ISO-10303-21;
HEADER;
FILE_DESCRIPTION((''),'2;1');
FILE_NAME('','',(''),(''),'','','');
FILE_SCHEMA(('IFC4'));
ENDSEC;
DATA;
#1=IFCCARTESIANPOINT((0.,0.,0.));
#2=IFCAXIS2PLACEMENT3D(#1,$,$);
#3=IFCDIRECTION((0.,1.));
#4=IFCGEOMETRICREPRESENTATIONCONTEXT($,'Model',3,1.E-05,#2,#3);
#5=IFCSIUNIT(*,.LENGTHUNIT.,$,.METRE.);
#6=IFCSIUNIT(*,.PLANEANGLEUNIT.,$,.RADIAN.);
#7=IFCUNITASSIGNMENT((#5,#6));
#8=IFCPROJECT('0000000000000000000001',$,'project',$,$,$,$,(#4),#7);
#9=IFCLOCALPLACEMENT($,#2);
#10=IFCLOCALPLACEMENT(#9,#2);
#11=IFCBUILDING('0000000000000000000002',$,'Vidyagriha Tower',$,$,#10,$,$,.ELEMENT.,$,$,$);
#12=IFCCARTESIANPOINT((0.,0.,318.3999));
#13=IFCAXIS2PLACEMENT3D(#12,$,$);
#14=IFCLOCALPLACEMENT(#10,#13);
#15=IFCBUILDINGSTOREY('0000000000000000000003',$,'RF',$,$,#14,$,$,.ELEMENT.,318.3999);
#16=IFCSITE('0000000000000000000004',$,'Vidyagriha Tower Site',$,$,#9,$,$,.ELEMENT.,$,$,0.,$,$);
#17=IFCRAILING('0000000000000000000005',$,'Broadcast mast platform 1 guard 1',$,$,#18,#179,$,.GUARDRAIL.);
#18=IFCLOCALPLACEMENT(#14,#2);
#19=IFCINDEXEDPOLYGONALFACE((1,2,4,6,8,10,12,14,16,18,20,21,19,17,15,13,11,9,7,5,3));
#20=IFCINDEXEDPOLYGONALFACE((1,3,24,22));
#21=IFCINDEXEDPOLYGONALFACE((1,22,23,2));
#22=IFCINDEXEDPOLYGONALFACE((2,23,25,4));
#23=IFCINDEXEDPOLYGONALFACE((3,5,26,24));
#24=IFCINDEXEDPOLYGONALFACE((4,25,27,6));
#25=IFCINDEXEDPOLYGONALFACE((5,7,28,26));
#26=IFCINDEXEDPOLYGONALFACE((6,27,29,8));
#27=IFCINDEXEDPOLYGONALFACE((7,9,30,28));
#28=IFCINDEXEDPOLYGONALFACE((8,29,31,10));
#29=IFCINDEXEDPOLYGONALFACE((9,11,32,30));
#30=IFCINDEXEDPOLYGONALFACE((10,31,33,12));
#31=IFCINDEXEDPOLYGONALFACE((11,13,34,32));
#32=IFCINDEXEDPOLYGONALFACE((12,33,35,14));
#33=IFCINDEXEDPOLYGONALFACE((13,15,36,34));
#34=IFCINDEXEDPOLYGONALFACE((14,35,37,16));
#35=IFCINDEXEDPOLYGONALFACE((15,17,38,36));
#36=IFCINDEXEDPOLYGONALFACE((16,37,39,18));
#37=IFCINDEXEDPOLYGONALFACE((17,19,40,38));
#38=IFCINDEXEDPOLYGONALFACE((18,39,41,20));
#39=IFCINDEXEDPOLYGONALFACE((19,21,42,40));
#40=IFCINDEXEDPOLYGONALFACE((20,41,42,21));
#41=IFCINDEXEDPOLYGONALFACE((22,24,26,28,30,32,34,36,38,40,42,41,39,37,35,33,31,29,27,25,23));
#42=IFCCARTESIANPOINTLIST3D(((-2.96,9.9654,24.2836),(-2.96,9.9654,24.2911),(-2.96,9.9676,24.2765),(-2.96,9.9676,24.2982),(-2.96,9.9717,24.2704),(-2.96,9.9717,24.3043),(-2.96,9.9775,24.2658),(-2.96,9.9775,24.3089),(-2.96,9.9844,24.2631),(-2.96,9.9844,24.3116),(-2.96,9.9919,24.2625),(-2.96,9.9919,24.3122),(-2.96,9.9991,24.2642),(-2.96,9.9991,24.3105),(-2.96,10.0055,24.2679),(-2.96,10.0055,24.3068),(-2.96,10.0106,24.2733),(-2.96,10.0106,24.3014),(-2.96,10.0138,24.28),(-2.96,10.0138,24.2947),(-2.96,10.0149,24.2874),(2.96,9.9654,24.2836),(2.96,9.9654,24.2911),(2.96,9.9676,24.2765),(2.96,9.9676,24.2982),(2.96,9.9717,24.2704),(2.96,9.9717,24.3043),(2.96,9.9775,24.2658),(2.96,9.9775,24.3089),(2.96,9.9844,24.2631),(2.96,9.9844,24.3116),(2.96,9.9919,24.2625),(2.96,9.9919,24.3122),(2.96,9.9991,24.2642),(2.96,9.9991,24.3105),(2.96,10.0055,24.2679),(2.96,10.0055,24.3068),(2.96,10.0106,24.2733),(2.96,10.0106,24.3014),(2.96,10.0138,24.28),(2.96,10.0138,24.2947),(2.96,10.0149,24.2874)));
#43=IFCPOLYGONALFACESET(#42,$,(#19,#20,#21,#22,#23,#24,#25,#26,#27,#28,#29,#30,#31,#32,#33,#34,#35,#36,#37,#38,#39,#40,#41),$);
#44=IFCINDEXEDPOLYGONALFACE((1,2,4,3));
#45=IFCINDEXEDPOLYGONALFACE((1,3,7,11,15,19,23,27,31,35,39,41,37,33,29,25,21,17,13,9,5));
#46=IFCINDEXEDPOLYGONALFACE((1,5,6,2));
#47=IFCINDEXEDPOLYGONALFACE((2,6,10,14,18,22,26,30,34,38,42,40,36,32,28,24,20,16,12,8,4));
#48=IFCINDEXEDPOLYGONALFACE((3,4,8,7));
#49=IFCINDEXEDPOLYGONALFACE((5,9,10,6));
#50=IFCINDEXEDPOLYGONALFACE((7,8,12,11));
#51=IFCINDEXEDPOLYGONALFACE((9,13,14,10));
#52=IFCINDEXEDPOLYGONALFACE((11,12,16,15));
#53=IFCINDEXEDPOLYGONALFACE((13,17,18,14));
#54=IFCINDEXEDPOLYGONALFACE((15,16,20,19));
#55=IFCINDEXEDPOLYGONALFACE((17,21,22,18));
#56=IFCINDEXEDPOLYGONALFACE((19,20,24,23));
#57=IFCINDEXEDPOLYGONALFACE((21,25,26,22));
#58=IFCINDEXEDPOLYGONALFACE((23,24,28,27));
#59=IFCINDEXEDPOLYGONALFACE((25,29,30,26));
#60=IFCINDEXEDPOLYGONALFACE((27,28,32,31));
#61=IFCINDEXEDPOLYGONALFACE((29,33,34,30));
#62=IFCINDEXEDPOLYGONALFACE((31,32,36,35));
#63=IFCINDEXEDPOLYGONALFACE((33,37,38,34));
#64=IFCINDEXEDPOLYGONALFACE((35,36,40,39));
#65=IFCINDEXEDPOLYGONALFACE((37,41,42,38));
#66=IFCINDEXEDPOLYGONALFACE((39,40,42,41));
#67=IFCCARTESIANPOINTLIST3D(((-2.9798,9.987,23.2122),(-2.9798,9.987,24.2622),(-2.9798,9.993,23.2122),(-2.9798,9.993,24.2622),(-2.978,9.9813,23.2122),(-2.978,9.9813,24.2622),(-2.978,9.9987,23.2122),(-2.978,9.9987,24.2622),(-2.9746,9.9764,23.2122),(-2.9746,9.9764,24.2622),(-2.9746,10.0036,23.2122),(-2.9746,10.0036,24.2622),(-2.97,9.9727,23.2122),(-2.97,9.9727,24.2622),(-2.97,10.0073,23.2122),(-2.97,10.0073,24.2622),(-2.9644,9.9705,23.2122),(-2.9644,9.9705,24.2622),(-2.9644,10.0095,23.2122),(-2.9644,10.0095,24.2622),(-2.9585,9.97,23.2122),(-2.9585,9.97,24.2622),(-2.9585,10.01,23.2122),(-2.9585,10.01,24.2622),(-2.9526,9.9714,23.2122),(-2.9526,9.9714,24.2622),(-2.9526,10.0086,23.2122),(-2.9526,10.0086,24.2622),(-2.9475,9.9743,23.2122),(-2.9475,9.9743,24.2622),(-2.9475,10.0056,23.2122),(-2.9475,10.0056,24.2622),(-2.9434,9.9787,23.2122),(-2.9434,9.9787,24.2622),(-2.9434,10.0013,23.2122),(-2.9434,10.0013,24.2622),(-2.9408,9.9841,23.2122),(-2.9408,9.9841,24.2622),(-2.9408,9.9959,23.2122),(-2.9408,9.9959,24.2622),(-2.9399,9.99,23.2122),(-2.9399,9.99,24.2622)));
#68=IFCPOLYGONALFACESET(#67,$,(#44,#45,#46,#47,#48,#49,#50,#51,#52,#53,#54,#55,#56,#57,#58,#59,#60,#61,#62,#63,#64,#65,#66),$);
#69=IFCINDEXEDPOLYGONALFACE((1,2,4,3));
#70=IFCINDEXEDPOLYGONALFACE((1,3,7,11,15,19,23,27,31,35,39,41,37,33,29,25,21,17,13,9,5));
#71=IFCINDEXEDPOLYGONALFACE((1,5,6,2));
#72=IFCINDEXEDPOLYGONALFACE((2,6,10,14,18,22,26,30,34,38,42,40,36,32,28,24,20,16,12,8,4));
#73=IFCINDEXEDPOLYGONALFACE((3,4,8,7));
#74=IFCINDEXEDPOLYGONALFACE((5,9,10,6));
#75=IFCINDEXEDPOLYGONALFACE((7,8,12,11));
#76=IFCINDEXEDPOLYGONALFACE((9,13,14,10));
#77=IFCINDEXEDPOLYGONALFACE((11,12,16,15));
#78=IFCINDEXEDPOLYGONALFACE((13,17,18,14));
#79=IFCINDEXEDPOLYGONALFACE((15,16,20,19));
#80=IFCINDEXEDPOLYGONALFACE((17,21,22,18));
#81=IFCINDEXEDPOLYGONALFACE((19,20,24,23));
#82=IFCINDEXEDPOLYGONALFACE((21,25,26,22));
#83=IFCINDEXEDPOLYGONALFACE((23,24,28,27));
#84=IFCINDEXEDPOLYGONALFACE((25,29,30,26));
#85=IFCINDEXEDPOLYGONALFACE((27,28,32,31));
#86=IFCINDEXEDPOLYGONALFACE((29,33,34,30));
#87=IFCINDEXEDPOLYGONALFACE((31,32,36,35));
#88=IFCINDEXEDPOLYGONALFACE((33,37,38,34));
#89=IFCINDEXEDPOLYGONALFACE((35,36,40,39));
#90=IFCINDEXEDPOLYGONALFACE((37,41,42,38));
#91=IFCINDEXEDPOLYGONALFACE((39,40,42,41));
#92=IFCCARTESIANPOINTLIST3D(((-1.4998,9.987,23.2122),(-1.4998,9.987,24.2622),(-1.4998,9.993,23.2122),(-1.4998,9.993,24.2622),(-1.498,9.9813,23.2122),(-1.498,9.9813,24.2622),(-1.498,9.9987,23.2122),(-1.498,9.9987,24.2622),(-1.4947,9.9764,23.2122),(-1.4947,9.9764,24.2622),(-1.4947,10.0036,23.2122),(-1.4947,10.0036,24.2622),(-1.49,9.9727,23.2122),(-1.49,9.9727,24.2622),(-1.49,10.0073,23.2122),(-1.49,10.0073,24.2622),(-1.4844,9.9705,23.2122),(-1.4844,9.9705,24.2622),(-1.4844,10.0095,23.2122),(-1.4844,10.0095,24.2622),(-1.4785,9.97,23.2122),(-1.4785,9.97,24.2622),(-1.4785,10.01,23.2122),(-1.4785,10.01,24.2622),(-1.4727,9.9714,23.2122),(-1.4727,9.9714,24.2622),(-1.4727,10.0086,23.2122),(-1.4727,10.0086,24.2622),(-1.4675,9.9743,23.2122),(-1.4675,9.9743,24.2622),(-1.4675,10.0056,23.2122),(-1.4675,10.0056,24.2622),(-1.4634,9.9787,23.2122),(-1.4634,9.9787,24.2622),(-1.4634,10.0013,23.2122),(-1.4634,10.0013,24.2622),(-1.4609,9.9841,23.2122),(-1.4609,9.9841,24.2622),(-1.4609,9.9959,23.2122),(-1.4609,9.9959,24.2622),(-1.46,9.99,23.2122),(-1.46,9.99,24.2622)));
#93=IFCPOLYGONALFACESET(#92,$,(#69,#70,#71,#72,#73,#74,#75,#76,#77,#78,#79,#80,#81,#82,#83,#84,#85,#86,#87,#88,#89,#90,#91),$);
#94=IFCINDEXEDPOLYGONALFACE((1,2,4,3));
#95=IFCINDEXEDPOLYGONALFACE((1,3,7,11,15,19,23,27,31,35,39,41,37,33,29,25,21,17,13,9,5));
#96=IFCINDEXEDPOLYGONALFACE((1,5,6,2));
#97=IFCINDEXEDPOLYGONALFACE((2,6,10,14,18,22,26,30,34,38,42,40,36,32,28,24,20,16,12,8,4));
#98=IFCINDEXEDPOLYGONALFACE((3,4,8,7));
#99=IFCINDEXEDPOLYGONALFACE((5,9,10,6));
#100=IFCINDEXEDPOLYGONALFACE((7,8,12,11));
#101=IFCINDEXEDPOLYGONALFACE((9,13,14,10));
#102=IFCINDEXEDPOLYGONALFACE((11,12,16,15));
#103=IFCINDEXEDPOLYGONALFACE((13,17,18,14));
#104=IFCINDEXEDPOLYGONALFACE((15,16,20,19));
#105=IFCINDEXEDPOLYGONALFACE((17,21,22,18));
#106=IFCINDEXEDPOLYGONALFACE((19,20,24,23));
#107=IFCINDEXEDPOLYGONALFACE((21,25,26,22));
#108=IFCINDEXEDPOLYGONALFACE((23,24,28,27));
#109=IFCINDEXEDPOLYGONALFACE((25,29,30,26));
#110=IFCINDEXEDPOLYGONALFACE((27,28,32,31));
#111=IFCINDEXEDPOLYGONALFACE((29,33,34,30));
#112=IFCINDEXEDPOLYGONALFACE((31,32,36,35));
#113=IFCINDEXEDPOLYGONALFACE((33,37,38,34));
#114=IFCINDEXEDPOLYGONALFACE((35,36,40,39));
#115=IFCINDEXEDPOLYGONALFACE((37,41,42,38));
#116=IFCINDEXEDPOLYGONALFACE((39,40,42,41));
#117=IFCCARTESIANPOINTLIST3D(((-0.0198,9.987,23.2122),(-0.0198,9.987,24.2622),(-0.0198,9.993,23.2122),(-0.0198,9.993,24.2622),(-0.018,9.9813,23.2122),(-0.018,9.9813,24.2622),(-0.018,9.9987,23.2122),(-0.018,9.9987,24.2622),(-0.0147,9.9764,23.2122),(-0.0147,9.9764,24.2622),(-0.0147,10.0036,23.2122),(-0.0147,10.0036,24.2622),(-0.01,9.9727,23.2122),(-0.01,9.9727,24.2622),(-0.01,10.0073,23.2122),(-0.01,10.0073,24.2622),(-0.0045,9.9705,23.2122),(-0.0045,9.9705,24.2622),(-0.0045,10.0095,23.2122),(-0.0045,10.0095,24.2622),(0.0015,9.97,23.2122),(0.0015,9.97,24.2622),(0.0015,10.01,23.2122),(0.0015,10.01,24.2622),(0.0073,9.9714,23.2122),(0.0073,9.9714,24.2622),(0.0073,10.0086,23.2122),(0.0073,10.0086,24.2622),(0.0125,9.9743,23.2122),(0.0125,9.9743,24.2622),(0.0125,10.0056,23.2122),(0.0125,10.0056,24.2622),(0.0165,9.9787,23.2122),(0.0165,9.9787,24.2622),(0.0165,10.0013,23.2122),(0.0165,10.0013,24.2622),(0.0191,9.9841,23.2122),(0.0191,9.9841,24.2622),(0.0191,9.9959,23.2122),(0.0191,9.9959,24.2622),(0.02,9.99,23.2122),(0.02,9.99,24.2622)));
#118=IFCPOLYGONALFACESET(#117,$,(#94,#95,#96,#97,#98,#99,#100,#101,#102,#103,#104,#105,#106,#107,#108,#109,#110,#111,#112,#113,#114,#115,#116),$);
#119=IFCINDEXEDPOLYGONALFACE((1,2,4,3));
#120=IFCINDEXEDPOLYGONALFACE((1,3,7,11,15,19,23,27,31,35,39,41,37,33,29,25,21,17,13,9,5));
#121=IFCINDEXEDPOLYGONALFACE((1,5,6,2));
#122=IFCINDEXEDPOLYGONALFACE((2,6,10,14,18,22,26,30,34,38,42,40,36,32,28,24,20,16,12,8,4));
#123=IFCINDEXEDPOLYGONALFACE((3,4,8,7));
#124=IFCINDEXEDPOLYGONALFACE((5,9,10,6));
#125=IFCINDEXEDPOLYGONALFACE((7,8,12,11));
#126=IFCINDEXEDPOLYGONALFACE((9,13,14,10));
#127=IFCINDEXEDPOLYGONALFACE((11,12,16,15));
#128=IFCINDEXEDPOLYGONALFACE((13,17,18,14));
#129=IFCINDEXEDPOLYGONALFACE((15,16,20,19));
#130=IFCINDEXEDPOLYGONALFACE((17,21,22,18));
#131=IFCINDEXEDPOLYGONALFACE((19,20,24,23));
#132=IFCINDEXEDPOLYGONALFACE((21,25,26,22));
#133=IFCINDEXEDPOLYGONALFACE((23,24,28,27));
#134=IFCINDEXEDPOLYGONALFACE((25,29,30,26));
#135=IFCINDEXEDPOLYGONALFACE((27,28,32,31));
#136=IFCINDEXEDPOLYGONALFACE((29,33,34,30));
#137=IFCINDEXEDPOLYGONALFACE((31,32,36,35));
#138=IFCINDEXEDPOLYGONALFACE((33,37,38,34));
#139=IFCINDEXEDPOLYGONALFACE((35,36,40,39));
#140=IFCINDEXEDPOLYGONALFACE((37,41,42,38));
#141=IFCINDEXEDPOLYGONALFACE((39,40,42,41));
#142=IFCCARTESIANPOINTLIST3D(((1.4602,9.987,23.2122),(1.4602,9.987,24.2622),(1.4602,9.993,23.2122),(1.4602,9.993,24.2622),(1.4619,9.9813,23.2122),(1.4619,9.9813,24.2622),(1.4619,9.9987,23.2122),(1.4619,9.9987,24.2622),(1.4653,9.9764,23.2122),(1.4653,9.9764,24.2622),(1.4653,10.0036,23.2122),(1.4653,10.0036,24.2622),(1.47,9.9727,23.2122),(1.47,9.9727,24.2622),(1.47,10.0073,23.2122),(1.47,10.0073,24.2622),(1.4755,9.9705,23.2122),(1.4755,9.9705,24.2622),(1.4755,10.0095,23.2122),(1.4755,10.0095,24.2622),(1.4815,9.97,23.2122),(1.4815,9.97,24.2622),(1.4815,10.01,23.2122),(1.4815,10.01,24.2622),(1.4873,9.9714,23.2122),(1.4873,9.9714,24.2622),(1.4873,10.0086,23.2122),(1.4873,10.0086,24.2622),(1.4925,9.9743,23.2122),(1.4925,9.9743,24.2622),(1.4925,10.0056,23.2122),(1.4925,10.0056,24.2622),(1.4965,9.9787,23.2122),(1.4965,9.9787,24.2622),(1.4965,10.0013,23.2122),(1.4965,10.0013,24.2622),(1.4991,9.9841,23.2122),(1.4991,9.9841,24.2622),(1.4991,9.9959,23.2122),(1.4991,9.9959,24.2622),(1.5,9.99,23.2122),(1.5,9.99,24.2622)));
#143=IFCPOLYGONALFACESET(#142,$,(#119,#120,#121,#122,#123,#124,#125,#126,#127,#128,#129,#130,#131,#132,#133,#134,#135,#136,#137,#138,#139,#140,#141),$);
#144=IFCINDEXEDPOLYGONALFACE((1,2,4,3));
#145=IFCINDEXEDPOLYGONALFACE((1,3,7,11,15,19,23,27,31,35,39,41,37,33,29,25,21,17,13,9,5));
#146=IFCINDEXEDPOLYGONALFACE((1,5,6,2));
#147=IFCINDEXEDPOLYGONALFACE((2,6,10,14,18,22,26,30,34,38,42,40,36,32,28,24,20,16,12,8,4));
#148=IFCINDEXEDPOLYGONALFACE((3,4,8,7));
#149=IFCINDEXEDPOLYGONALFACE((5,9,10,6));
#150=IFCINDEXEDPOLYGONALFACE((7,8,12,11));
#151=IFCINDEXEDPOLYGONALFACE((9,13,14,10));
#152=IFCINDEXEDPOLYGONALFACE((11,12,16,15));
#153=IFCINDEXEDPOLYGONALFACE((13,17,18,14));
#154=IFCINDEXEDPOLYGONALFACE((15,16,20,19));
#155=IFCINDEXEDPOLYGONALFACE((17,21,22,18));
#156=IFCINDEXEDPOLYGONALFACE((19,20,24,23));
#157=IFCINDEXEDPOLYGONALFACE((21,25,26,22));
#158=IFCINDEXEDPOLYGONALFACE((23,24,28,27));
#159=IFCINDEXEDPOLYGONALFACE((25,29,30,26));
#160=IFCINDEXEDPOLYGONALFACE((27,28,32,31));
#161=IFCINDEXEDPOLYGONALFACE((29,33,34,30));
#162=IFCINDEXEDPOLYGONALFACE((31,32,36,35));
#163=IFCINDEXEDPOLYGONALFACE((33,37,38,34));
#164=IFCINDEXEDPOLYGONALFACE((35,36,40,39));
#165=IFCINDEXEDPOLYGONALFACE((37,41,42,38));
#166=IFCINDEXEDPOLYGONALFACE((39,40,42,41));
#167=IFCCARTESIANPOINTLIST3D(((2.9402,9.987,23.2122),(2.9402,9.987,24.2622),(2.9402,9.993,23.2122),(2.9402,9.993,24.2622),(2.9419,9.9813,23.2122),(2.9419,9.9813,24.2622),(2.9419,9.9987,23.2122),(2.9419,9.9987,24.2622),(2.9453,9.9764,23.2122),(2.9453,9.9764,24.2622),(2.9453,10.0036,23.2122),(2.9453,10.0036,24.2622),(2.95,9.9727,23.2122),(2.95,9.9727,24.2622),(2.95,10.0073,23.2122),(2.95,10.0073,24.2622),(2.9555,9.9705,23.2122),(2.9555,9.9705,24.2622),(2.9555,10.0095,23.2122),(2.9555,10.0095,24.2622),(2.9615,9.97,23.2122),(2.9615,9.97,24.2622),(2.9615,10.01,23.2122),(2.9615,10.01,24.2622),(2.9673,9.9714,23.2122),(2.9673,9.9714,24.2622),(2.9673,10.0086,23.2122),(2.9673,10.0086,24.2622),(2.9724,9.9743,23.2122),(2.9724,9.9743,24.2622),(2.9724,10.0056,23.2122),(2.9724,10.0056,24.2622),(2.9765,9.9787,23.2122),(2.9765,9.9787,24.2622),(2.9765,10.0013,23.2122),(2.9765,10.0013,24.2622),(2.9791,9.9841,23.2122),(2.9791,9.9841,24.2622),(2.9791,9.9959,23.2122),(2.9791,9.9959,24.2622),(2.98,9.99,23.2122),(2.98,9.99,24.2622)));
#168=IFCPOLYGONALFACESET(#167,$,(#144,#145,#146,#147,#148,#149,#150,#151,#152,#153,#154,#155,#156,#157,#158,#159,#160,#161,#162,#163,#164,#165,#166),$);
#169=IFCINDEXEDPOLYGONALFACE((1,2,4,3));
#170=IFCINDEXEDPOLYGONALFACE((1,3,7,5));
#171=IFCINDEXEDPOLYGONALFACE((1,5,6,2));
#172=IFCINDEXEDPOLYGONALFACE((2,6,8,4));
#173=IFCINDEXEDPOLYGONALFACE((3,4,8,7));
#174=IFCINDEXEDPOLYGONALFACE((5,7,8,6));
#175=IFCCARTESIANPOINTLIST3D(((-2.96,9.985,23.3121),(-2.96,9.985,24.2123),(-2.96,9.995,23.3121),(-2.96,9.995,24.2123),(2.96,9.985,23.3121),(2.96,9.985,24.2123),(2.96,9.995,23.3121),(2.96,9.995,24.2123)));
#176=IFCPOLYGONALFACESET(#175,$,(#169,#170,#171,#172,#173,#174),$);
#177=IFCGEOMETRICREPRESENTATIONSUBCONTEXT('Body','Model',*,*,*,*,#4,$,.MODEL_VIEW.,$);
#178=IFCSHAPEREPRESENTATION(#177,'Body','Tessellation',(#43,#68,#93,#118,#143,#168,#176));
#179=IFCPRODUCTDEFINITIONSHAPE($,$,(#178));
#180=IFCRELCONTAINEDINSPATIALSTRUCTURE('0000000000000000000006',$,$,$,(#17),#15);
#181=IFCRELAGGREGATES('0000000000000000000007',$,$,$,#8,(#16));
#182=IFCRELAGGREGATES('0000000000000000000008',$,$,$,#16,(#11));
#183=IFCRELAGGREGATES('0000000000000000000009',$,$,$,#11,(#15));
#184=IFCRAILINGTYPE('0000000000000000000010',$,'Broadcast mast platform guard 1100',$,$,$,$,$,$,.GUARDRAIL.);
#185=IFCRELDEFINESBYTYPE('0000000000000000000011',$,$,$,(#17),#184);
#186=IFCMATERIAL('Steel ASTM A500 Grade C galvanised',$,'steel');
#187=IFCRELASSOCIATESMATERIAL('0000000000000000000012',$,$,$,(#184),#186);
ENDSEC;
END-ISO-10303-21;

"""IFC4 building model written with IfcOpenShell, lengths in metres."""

from ifc_helpers import new_model, si_unit, direction, frame, origin, origin_2d, place, context, subcontext, project, spatial, rectangle, circle, extrude, material, type_object, element, save


model = new_model("IFC4")

# Units and contexts
model_context = context("Model", 3, precision=1e-05, world=origin(), true_north=direction((0.0, 1.0)))
body_context = subcontext(model_context, "Body", "Model", "MODEL_VIEW")
ifc_project = project(units=[si_unit("LENGTHUNIT", "METRE"), si_unit("PLANEANGLEUNIT", "RADIAN")], contexts=[model_context])

# Site, building, storey
site_placement = place(None, origin())
site = spatial("IfcSite", under=ifc_project, at=site_placement, Name="Vidyagriha Tower Site", CompositionType="ELEMENT", RefElevation=0.0)
building_placement = place(site_placement, origin())
building = spatial("IfcBuilding", under=site, at=building_placement, Name="Vidyagriha Tower", CompositionType="ELEMENT")
storey_placement = place(building_placement, frame((0.0, 0.0, 318.3999)))
storey = spatial("IfcBuildingStorey", under=building, at=storey_placement, Name="RF", CompositionType="ELEMENT", Elevation=318.3999)

# Railing
ifc_material_1 = material(Name="Steel ASTM A500 Grade C galvanised", Category="steel")
railing_type = type_object("IfcRailingType", Name="Broadcast mast platform guard 1100", PredefinedType="GUARDRAIL", material=ifc_material_1)
railing_1_placement = place(storey_placement, frame((-2.96, 9.99, 23.2122)))
element("IfcRailing", 1, at=railing_1_placement, inside=storey, type_object=railing_type, Name="Broadcast mast platform 1 guard 1", PredefinedType="GUARDRAIL", context=body_context, shape_type="SweptSolid", body=[
    extrude(circle(Radius=0.0249, at=origin_2d()), frame((0.0, 0.0, 1.0752), z_axis=(1.0, 0.0, 0.0), x_axis=(0.0, 1.0, 0.0)), (0.0, 0.0, 1.0), 5.9199),
    extrude(circle(Radius=0.02, at=origin_2d()), origin(), (0.0, 0.0, 1.0), 1.05),
    extrude(circle(Radius=0.02, at=origin_2d()), frame((1.48, 0.0, 0.0)), (0.0, 0.0, 1.0), 1.05),
    extrude(circle(Radius=0.02, at=origin_2d()), frame((2.96, 0.0, 0.0)), (0.0, 0.0, 1.0), 1.05),
    extrude(circle(Radius=0.02, at=origin_2d()), frame((4.4399, 0.0, 0.0)), (0.0, 0.0, 1.0), 1.05),
    extrude(circle(Radius=0.02, at=origin_2d()), frame((5.9199, 0.0, 0.0)), (0.0, 0.0, 1.0), 1.05),
    extrude(rectangle(XDim=0.01, YDim=0.9001, at=origin_2d()), frame((0.0, 0.0, 0.55), z_axis=(1.0, 0.0, 0.0), x_axis=(0.0, 1.0, 0.0)), (0.0, 0.0, 1.0), 5.9199),
])

save(model, "model.ifc")
